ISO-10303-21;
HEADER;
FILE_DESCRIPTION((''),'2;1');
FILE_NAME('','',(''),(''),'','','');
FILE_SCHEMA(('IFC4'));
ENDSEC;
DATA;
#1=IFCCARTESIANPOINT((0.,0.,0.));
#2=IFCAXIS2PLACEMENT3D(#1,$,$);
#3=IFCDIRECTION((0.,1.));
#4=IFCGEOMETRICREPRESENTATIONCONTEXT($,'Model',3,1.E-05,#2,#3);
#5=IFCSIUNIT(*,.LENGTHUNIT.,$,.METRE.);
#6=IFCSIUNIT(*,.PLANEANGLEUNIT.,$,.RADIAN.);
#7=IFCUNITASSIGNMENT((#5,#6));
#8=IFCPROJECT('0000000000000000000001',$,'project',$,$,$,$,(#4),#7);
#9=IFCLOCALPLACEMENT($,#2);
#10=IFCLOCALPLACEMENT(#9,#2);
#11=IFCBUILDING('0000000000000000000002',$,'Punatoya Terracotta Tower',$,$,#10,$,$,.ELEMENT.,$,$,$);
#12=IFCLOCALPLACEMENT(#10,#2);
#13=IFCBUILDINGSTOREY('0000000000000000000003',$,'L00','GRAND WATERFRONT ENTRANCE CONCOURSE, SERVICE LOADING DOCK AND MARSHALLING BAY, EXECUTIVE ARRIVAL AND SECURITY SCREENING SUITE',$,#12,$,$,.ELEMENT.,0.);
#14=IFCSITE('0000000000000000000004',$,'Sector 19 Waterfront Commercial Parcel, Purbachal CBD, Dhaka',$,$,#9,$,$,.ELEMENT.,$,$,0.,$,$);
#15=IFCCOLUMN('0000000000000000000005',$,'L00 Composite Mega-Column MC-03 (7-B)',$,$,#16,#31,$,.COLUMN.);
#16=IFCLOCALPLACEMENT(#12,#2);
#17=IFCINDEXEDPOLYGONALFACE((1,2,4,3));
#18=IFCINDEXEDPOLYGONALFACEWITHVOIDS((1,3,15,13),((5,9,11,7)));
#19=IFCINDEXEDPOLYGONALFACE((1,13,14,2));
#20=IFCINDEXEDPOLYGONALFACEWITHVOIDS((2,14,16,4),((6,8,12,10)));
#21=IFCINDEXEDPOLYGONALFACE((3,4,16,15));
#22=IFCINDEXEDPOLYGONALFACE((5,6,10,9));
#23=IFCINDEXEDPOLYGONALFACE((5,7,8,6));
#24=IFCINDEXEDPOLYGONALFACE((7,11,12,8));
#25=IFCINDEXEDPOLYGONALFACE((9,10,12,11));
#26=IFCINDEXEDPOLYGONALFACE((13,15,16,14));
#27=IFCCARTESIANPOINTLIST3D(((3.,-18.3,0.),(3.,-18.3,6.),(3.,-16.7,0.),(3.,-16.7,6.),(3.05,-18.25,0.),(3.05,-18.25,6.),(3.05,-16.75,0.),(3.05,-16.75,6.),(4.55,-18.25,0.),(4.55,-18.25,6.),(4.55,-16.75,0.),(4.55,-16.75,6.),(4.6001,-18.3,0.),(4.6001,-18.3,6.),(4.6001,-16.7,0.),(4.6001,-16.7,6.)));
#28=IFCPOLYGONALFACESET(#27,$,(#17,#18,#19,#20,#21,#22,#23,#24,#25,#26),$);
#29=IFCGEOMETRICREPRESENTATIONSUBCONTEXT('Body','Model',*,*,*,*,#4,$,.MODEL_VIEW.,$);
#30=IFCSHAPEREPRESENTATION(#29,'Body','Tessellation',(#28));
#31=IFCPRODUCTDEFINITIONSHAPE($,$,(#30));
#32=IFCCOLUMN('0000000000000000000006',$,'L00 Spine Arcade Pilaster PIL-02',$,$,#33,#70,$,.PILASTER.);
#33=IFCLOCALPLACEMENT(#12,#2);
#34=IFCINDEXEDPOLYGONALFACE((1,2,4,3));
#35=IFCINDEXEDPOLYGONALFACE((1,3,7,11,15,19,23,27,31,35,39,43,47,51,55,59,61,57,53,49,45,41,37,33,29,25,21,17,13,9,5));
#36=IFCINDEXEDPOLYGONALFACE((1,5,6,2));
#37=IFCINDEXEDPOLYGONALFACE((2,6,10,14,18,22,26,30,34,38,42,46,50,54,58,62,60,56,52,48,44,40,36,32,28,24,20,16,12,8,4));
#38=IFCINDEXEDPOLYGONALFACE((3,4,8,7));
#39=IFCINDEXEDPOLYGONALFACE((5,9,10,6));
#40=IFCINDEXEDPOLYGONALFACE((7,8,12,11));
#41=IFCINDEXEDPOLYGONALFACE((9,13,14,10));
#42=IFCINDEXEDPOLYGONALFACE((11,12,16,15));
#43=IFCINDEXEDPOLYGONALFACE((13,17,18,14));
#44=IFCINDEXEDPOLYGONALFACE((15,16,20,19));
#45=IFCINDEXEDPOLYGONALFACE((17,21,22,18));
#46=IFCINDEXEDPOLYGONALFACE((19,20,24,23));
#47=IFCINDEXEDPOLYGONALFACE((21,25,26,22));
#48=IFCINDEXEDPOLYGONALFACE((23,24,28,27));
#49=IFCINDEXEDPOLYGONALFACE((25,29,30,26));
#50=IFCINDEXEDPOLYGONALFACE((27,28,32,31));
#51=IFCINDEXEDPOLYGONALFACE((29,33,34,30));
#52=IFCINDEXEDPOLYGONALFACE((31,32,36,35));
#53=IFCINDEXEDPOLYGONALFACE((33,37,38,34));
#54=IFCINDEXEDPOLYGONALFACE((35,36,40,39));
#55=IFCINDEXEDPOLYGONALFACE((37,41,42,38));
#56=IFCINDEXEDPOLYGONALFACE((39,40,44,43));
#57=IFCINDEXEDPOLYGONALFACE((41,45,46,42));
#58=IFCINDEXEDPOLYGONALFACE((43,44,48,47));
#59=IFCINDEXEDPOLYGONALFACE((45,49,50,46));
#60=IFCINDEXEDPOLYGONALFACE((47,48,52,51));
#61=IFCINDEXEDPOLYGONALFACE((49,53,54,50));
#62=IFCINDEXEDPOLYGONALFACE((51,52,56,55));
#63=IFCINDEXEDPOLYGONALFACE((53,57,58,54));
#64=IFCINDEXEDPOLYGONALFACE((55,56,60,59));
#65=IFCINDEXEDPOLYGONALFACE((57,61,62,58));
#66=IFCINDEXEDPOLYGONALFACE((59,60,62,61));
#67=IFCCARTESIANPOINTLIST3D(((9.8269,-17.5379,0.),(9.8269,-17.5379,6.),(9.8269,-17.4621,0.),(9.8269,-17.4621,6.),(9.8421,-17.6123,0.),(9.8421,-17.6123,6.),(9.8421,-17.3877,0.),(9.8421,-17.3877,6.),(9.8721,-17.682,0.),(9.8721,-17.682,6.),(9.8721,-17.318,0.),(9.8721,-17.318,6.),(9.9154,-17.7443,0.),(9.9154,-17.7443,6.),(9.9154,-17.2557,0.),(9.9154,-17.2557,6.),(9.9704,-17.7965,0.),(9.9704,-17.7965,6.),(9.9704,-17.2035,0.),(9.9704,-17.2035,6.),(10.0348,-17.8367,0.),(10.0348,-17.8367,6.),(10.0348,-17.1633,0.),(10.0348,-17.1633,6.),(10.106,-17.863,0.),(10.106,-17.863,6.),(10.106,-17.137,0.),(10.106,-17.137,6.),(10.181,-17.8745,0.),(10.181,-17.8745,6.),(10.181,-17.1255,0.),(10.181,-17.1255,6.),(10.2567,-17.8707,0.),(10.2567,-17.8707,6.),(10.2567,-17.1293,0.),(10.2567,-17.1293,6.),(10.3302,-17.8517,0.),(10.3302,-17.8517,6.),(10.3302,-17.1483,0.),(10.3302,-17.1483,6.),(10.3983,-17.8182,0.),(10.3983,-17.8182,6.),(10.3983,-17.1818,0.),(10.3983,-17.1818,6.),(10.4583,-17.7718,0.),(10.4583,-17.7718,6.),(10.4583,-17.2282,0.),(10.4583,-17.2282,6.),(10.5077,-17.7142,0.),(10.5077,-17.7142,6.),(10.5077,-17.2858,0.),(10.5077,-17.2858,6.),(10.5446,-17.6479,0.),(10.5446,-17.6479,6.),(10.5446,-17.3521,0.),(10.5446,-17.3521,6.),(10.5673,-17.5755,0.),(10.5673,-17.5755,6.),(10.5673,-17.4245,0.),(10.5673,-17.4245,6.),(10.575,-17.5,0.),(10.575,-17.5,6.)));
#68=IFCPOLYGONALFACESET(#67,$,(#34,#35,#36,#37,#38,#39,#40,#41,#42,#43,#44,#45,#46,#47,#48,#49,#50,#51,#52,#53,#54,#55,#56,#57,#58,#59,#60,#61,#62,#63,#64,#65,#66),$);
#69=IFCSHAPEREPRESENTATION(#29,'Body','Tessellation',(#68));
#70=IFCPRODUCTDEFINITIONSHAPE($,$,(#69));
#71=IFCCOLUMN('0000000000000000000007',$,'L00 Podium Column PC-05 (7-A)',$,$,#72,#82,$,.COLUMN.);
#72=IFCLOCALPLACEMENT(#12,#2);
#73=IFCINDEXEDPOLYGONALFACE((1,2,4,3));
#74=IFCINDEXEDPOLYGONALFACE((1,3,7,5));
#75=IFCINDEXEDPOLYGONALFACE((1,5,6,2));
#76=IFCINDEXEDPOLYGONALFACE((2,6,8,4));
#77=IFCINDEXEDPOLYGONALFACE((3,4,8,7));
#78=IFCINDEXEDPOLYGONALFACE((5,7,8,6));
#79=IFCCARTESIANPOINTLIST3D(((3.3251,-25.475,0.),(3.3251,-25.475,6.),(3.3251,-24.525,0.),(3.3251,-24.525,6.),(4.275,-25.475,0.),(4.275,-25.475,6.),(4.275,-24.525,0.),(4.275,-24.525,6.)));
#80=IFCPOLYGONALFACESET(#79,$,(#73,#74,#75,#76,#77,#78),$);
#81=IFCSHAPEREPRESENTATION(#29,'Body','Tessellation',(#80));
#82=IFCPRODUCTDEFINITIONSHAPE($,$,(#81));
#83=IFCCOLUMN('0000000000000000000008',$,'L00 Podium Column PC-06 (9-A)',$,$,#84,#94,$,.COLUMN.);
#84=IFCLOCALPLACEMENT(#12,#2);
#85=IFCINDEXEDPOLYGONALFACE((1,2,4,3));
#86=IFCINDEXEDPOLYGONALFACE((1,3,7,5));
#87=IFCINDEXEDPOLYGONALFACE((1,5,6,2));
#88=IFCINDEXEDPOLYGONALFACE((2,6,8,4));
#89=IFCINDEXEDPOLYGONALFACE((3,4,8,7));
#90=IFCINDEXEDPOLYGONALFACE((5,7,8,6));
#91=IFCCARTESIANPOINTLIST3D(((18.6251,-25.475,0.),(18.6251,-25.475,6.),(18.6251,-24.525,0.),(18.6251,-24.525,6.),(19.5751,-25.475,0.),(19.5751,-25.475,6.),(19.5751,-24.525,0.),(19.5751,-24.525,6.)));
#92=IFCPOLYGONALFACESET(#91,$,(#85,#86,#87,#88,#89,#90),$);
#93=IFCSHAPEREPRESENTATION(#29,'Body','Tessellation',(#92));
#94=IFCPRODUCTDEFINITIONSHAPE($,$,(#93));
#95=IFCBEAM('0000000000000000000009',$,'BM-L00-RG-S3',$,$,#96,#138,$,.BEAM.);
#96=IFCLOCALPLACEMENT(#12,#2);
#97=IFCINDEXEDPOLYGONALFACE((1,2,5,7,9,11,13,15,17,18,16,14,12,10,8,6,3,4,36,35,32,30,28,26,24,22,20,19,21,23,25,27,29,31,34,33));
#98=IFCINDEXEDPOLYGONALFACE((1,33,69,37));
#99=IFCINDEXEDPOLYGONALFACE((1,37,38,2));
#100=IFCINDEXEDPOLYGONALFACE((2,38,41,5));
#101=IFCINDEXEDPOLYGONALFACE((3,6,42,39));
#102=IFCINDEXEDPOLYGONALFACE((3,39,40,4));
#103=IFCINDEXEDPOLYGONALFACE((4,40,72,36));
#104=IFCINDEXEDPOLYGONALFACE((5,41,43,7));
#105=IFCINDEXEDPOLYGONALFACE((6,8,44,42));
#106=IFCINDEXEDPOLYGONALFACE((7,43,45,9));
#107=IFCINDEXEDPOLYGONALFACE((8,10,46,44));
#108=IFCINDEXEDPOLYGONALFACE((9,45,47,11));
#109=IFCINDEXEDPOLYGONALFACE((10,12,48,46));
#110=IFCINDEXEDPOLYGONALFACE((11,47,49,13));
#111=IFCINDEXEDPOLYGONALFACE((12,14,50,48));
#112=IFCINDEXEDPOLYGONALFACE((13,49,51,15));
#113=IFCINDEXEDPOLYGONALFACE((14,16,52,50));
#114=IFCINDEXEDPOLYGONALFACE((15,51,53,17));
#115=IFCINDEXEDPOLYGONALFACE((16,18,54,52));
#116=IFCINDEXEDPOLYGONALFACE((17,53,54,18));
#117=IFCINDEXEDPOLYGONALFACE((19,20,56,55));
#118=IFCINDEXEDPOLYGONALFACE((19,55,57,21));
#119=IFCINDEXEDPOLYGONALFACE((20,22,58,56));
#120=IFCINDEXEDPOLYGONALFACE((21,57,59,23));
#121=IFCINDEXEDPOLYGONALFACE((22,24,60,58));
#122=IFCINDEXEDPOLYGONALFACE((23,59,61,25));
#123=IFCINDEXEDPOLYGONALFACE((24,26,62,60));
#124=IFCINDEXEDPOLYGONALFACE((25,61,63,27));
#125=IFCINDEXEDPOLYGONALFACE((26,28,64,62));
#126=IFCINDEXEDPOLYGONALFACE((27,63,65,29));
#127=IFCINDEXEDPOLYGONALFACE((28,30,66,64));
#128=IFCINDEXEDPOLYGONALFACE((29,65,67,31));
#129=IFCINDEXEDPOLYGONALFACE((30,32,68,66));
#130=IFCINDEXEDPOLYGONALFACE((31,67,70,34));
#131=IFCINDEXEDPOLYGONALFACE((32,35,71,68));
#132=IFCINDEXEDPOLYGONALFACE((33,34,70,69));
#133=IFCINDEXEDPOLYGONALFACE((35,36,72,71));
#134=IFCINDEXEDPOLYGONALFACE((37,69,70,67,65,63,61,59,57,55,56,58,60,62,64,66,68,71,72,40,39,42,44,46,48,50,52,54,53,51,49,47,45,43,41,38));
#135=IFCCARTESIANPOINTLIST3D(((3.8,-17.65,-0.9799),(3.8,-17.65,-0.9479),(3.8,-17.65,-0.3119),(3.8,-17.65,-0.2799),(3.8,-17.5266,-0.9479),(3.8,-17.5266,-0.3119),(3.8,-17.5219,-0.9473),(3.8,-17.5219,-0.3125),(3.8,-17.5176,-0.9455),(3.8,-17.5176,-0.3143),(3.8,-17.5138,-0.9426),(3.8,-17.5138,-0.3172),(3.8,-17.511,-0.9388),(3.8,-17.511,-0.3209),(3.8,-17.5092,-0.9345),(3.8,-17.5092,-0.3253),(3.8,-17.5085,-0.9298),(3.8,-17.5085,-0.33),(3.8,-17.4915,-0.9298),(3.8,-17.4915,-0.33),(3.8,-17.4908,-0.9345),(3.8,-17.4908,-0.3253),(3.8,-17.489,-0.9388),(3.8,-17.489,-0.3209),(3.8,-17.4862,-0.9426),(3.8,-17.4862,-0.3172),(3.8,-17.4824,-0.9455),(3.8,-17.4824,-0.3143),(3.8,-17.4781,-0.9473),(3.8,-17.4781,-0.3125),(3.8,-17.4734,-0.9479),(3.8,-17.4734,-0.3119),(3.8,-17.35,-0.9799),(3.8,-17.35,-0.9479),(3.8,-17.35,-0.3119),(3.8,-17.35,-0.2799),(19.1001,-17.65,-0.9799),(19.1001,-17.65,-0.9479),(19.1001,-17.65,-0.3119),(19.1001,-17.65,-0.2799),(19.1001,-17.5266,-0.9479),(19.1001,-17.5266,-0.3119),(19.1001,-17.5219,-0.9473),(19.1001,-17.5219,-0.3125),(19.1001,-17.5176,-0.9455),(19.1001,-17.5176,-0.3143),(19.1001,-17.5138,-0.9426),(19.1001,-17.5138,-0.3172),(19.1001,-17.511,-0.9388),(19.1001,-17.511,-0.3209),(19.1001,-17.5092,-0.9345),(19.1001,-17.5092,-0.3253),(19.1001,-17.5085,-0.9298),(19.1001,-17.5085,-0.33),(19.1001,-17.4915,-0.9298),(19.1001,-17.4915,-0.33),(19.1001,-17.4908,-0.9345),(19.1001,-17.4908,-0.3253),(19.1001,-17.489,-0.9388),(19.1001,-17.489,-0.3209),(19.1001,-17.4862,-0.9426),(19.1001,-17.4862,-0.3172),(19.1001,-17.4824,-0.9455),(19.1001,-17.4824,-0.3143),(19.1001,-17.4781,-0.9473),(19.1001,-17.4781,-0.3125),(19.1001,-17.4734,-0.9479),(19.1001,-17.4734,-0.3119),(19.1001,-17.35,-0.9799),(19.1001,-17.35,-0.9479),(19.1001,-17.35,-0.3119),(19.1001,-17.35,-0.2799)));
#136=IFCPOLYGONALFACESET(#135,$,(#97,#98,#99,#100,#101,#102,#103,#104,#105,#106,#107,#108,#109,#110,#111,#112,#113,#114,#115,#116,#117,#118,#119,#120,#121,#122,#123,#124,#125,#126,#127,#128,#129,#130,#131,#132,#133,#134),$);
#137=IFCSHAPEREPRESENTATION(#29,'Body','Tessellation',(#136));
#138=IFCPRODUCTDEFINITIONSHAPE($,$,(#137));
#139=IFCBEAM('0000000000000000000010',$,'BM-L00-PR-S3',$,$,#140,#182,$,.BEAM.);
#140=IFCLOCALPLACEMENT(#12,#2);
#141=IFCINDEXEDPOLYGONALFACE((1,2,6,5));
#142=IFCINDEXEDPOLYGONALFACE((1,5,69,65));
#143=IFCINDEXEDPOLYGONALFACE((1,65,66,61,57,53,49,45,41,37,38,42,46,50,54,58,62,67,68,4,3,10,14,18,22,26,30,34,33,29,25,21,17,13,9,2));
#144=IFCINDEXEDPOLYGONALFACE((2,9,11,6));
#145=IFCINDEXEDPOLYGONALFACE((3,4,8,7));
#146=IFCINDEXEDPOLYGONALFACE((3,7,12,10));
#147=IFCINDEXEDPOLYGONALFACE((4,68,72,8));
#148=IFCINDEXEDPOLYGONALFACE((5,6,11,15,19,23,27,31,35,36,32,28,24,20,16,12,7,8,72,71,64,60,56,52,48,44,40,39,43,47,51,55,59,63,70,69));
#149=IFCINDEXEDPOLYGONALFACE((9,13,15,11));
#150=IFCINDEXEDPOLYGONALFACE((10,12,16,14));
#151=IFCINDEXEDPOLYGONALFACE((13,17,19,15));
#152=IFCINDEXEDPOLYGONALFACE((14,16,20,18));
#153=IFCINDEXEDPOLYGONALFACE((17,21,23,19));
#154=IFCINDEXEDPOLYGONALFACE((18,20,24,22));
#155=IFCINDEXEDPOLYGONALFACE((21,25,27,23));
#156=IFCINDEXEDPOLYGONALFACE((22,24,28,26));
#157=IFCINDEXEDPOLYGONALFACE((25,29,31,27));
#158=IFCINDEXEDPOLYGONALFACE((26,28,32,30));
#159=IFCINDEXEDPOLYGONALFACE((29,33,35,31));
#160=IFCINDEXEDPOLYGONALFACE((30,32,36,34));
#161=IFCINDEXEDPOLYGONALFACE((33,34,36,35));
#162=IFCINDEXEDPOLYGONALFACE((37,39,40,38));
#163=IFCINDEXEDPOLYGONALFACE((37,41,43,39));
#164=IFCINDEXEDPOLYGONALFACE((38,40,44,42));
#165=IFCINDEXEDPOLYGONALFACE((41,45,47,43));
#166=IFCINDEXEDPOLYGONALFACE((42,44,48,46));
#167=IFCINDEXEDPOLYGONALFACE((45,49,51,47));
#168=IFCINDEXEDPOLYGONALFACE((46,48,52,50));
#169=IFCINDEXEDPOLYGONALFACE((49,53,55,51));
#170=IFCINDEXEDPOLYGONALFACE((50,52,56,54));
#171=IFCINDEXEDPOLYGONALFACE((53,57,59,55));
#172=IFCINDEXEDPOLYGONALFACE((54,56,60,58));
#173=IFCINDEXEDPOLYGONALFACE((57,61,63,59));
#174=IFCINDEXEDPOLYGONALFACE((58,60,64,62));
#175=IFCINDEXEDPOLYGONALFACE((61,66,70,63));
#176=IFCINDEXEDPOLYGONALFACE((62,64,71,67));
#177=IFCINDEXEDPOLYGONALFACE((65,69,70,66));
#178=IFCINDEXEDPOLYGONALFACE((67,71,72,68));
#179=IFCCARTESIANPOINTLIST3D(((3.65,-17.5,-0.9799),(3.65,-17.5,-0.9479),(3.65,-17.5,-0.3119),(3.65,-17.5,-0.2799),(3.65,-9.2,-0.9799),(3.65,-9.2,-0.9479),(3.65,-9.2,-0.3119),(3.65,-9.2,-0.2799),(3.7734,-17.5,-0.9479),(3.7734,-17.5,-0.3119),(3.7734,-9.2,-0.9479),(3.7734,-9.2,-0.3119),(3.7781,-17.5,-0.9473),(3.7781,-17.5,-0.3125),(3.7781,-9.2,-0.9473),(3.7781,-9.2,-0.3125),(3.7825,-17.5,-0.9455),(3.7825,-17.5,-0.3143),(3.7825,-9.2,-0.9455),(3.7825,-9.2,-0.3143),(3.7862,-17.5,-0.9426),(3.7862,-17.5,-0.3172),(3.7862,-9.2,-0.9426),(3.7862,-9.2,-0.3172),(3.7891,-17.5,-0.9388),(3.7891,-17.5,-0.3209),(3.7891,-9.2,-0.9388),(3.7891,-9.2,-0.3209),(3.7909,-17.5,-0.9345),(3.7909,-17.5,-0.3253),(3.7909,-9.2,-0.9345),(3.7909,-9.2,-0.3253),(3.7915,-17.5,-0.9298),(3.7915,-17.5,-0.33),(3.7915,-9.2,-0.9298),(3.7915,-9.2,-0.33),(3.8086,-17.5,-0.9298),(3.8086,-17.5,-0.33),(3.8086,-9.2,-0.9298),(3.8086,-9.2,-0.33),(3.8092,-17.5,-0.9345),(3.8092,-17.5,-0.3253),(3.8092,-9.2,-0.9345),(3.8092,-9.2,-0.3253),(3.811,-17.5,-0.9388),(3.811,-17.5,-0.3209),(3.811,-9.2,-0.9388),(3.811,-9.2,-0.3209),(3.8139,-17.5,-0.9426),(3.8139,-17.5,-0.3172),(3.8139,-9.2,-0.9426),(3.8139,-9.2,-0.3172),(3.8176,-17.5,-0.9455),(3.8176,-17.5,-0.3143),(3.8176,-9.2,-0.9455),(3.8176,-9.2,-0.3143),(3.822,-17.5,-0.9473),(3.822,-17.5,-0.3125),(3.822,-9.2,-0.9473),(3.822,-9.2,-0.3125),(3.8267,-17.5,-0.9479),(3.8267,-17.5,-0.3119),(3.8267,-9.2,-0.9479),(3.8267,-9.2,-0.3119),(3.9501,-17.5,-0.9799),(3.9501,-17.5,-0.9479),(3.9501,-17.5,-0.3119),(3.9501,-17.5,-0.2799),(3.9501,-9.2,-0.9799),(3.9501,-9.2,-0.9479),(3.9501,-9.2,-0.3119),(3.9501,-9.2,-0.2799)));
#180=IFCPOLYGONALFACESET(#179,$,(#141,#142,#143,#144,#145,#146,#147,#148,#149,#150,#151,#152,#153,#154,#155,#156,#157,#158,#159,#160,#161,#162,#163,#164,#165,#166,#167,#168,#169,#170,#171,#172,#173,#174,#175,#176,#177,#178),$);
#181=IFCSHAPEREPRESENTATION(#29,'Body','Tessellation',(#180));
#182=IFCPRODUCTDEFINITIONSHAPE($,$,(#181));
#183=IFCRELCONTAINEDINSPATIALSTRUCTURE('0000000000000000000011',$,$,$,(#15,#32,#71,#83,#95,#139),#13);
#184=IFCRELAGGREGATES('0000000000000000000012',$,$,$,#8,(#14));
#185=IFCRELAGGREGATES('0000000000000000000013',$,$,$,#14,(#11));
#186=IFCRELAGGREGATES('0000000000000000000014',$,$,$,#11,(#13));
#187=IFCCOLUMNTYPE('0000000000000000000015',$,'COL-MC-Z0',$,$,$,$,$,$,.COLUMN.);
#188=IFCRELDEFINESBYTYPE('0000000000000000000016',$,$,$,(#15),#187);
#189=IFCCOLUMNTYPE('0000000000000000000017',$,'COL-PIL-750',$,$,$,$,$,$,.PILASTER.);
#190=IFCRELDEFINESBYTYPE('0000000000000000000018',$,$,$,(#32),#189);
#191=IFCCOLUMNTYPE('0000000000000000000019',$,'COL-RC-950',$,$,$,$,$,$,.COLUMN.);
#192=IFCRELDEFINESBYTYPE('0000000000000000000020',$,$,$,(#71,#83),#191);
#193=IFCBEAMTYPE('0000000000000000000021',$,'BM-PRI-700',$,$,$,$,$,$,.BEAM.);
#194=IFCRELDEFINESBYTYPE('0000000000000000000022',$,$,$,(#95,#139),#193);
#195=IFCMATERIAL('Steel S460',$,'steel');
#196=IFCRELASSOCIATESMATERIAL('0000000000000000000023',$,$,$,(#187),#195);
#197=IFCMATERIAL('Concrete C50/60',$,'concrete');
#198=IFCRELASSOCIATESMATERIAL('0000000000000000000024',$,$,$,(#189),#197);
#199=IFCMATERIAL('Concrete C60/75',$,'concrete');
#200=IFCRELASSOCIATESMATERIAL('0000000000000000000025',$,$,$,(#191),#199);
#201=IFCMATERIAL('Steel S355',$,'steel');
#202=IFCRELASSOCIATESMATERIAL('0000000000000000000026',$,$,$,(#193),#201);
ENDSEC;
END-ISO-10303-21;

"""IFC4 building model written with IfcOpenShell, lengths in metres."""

from ifc_helpers import new_model, si_unit, direction, frame, origin, origin_2d, place, context, subcontext, project, spatial, rectangle, hollow_rectangle, circle, i_section, extrude, material, material_profile, profile_set, type_object, element, save


model = new_model("IFC4")

# Units and contexts
model_context = context("Model", 3, precision=1e-05, world=origin(), true_north=direction((0.0, 1.0)))
body_context = subcontext(model_context, "Body", "Model", "MODEL_VIEW")
ifc_project = project(units=[si_unit("LENGTHUNIT", "METRE"), si_unit("PLANEANGLEUNIT", "RADIAN")], contexts=[model_context])

# Site, building, storey
site_placement = place(None, origin())
site = spatial("IfcSite", under=ifc_project, at=site_placement, Name="Sector 19 Waterfront Commercial Parcel, Purbachal CBD, Dhaka", CompositionType="ELEMENT", RefElevation=0.0)
building_placement = place(site_placement, origin())
building = spatial("IfcBuilding", under=site, at=building_placement, Name="Punatoya Terracotta Tower", CompositionType="ELEMENT")
storey_placement = place(building_placement, origin())
storey = spatial("IfcBuildingStorey", under=building, at=storey_placement, Name="L00", Description="GRAND WATERFRONT ENTRANCE CONCOURSE, SERVICE LOADING DOCK AND MARSHALLING BAY, EXECUTIVE ARRIVAL AND SECURITY SCREENING SUITE", CompositionType="ELEMENT", Elevation=0.0)

# Columns
ifc_material_1 = material(Name="Steel S460", Category="steel")
ifc_material_profile_1 = material_profile(ifc_material_1, hollow_rectangle(XDim=1.6001, YDim=1.6001, WallThickness=0.05, at=origin_2d()))
ifc_profile_set_1 = profile_set([ifc_material_profile_1], Name="Steel S460")
column_type_1 = type_object("IfcColumnType", Name="COL-MC-Z0", PredefinedType="COLUMN", material=ifc_profile_set_1)
column_1_placement = place(storey_placement, frame((3.8, -17.5, 0.0), z_axis=(0.0, 0.0, 1.0), x_axis=(1.0, 0.0, 0.0)))
element("IfcColumn", 1, at=column_1_placement, inside=storey, type_object=column_type_1, Name="L00 Composite Mega-Column MC-03 (7-B)", PredefinedType="COLUMN", context=body_context, shape_type="SweptSolid", body=[
    extrude(hollow_rectangle(XDim=1.6001, YDim=1.6001, WallThickness=0.05, at=origin_2d()), origin(), (0.0, 0.0, 1.0), 6.0),
])
ifc_material_2 = material(Name="Concrete C50/60", Category="concrete")
ifc_material_profile_2 = material_profile(ifc_material_2, circle(Radius=0.375, at=origin_2d()))
ifc_profile_set_2 = profile_set([ifc_material_profile_2], Name="Concrete C50/60")
column_type_2 = type_object("IfcColumnType", Name="COL-PIL-750", PredefinedType="PILASTER", material=ifc_profile_set_2)
column_2_placement = place(storey_placement, frame((10.2, -17.5, 0.0), z_axis=(0.0, 0.0, 1.0), x_axis=(1.0, 0.0, 0.0)))
element("IfcColumn", 2, at=column_2_placement, inside=storey, type_object=column_type_2, Name="L00 Spine Arcade Pilaster PIL-02", PredefinedType="PILASTER", context=body_context, shape_type="SweptSolid", body=[
    extrude(circle(Radius=0.375, at=origin_2d()), origin(), (0.0, 0.0, 1.0), 6.0),
])
ifc_material_3 = material(Name="Concrete C60/75", Category="concrete")
ifc_material_profile_3 = material_profile(ifc_material_3, rectangle(XDim=0.95, YDim=0.95, at=origin_2d()))
ifc_profile_set_3 = profile_set([ifc_material_profile_3], Name="Concrete C60/75")
column_type_3 = type_object("IfcColumnType", Name="COL-RC-950", PredefinedType="COLUMN", material=ifc_profile_set_3)
for number, where, z_axis, x_axis, name in (
    (3, (3.8, -25.0, 0.0), (0.0, 0.0, 1.0), (1.0, 0.0, 0.0), "L00 Podium Column PC-05 (7-A)"),
    (4, (19.1001, -25.0, 0.0), (0.0, 0.0, 1.0), (1.0, 0.0, 0.0), "L00 Podium Column PC-06 (9-A)"),
):
    element("IfcColumn", number, at=place(storey_placement, frame(where, z_axis=z_axis, x_axis=x_axis)), inside=storey, type_object=column_type_3, Name=name, PredefinedType="COLUMN", context=body_context, shape_type="SweptSolid", body=[
        extrude(rectangle(XDim=0.95, YDim=0.95, at=origin_2d()), origin(), (0.0, 0.0, 1.0), 6.0),
    ])

# Beams
ifc_material_4 = material(Name="Steel S355", Category="steel")
ifc_material_profile_4 = material_profile(ifc_material_4, i_section(OverallWidth=0.3, OverallDepth=0.7, WebThickness=0.0171, FlangeThickness=0.032, FilletRadius=0.0181, at=origin_2d()))
ifc_profile_set_4 = profile_set([ifc_material_profile_4], Name="Steel S355")
beam_type_1 = type_object("IfcBeamType", Name="BM-PRI-700", PredefinedType="BEAM", material=ifc_profile_set_4)
beam_1_placement = place(storey_placement, frame((3.8, -17.5, -0.6299), z_axis=(1.0, 0.0, 0.0), x_axis=(0.0, 1.0, 0.0)))
element("IfcBeam", 5, at=beam_1_placement, inside=storey, type_object=beam_type_1, Name="BM-L00-RG-S3", PredefinedType="BEAM", context=body_context, shape_type="SweptSolid", body=[
    extrude(i_section(OverallWidth=0.3, OverallDepth=0.7, WebThickness=0.0171, FlangeThickness=0.032, FilletRadius=0.0181, at=origin_2d()), origin(), (0.0, 0.0, 1.0), 15.3),
])
for number, where, z_axis, x_axis, name in (
    (6, (3.8, -17.5, -0.6299), (0.0, 1.0, 0.0), (-1.0, 0.0, 0.0), "BM-L00-PR-S3"),
):
    element("IfcBeam", number, at=place(storey_placement, frame(where, z_axis=z_axis, x_axis=x_axis)), inside=storey, type_object=beam_type_1, Name=name, PredefinedType="BEAM", context=body_context, shape_type="SweptSolid", body=[
        extrude(i_section(OverallWidth=0.3, OverallDepth=0.7, WebThickness=0.0171, FlangeThickness=0.032, FilletRadius=0.0181, at=origin_2d()), origin(), (0.0, 0.0, 1.0), 8.3),
    ])

save(model, "model.ifc")
